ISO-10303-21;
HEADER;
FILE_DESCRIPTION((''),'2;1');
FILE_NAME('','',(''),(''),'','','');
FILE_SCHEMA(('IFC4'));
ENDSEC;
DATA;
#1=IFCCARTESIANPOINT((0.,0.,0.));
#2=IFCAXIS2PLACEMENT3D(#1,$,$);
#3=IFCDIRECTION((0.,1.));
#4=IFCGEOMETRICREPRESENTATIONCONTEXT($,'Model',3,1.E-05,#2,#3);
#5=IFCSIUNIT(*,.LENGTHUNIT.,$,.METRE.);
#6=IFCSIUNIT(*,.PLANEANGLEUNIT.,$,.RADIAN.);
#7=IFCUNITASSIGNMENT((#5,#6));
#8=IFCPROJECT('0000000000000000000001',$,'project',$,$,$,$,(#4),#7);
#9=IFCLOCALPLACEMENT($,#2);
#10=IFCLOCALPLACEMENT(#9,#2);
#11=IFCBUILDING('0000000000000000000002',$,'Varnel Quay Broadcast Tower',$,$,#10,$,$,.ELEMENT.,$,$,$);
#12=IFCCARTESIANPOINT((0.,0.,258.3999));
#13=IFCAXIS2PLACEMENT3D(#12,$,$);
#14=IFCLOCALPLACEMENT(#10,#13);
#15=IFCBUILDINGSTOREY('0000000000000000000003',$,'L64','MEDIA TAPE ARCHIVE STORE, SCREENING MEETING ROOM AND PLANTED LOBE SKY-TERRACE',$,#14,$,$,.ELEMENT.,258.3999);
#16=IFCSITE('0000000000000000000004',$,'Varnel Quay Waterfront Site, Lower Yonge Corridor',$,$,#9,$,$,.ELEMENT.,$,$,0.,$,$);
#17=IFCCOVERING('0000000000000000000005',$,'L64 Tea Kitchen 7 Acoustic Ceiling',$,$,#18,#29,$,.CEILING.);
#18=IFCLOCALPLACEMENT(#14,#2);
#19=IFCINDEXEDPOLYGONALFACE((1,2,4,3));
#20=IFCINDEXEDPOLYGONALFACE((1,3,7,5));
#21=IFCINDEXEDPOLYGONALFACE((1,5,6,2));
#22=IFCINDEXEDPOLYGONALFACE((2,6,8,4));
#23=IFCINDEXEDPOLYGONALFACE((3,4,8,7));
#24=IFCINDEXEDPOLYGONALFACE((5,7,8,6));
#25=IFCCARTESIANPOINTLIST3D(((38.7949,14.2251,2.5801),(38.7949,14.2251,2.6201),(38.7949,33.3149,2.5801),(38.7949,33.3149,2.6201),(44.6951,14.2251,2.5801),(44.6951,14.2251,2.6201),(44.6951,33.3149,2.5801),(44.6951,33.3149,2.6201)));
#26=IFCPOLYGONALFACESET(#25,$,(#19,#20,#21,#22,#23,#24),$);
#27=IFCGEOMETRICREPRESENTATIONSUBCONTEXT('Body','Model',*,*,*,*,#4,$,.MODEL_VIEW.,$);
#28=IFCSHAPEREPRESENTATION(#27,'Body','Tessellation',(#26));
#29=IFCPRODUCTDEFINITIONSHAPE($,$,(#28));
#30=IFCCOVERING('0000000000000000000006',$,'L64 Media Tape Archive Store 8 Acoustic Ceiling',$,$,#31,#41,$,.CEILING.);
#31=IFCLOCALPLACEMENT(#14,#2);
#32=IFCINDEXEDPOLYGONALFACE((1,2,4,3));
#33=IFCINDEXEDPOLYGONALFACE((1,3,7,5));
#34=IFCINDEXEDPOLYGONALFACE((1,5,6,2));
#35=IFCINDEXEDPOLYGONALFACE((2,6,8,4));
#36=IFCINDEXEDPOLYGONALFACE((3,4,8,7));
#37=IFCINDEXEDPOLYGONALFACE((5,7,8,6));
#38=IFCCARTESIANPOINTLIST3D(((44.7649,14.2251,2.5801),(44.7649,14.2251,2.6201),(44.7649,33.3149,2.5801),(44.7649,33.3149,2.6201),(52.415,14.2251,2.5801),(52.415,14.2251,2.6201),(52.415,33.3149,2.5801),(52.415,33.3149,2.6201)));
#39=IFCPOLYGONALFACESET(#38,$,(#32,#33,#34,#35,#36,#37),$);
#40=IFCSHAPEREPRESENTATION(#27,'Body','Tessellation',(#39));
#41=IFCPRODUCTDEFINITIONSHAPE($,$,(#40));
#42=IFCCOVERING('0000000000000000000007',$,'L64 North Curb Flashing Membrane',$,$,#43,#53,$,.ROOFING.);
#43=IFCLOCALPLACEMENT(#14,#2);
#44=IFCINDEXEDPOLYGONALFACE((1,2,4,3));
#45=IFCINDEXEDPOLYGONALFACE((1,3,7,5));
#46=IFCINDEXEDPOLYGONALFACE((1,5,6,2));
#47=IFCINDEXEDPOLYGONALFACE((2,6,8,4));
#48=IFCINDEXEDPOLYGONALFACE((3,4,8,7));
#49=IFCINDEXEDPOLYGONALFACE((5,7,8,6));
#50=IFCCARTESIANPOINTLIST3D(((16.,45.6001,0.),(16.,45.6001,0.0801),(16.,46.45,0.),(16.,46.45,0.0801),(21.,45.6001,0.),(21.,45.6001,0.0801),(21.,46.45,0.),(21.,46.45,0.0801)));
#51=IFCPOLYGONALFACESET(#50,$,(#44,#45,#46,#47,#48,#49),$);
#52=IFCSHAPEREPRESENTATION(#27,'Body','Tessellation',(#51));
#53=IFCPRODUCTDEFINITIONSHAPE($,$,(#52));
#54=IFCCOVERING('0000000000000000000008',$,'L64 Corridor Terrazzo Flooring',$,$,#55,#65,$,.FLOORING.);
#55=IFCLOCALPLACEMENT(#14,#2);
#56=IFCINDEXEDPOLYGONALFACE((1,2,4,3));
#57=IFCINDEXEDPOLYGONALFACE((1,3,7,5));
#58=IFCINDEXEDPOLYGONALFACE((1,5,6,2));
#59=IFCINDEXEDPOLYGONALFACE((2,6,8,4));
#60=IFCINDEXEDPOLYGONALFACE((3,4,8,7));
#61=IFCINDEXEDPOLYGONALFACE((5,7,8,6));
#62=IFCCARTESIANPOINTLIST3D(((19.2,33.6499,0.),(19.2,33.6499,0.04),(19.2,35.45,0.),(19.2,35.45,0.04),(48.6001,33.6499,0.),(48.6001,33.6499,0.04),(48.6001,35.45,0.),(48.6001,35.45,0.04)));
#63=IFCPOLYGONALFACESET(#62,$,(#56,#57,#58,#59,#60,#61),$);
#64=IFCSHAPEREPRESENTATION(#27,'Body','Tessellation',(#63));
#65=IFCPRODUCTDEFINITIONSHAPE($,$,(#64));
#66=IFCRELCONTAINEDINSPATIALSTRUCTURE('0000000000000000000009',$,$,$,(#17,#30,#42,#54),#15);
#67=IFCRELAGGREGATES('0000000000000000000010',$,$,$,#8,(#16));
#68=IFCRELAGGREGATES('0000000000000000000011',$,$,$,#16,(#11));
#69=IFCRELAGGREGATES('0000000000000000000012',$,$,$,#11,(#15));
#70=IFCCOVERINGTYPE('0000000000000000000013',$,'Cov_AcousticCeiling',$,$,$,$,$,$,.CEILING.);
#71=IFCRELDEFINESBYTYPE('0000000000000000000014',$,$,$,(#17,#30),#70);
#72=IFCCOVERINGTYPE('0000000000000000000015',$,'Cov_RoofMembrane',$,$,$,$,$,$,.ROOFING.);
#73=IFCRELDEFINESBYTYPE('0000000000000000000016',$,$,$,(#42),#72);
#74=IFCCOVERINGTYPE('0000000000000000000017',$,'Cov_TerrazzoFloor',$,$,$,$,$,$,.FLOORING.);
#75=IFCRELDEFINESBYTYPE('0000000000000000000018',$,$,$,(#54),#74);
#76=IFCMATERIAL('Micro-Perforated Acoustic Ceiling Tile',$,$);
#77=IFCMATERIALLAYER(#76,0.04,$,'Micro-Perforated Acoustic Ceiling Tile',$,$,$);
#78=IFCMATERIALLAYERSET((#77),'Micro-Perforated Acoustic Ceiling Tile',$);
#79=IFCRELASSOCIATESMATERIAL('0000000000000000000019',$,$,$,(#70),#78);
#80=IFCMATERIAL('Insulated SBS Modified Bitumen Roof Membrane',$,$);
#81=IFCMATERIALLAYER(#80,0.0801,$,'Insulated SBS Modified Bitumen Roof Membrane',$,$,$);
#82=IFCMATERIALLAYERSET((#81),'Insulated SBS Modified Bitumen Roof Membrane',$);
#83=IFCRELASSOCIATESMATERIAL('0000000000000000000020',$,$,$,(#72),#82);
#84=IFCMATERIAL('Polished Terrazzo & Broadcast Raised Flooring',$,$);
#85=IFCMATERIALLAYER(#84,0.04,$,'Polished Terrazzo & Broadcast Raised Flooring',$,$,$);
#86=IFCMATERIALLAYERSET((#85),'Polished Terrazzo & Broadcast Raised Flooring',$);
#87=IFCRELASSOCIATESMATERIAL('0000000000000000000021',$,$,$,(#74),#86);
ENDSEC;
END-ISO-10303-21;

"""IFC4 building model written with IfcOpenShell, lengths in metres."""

from ifc_helpers import new_model, si_unit, direction, frame, origin, place, context, subcontext, project, spatial, polyline, outline, extrude, material, layer, layer_set, type_object, element, save


model = new_model("IFC4")

# Units and contexts
model_context = context("Model", 3, precision=1e-05, world=origin(), true_north=direction((0.0, 1.0)))
body_context = subcontext(model_context, "Body", "Model", "MODEL_VIEW")
ifc_project = project(units=[si_unit("LENGTHUNIT", "METRE"), si_unit("PLANEANGLEUNIT", "RADIAN")], contexts=[model_context])

# Site, building, storey
site_placement = place(None, origin())
site = spatial("IfcSite", under=ifc_project, at=site_placement, Name="Varnel Quay Waterfront Site, Lower Yonge Corridor", CompositionType="ELEMENT", RefElevation=0.0)
building_placement = place(site_placement, origin())
building = spatial("IfcBuilding", under=site, at=building_placement, Name="Varnel Quay Broadcast Tower", CompositionType="ELEMENT")
storey_placement = place(building_placement, frame((0.0, 0.0, 258.3999)))
storey = spatial("IfcBuildingStorey", under=building, at=storey_placement, Name="L64", Description="MEDIA TAPE ARCHIVE STORE, SCREENING MEETING ROOM AND PLANTED LOBE SKY-TERRACE", CompositionType="ELEMENT", Elevation=258.3999)

# Coverings
ifc_material_1 = material(Name="Micro-Perforated Acoustic Ceiling Tile")
ifc_layer_1 = layer(ifc_material_1, 0.04, Name="Micro-Perforated Acoustic Ceiling Tile")
ifc_layer_set_1 = layer_set([ifc_layer_1], Name="Micro-Perforated Acoustic Ceiling Tile")
covering_type_1 = type_object("IfcCoveringType", Name="Cov_AcousticCeiling", PredefinedType="CEILING", material=ifc_layer_set_1)
covering_1_placement = place(storey_placement, frame((0.0, 0.0, 2.5801)))
element("IfcCovering", 1, at=covering_1_placement, inside=storey, type_object=covering_type_1, Name="L64 Tea Kitchen 7 Acoustic Ceiling", PredefinedType="CEILING", context=body_context, shape_type="SweptSolid", body=[
    extrude(outline(polyline([(38.7949, 14.2251), (44.6951, 14.2251), (44.6951, 33.3149), (38.7949, 33.3149), (38.7949, 14.2251)])), origin(), (0.0, 0.0, 1.0), 0.04),
])
covering_2_placement = place(storey_placement, frame((0.0, 0.0, 2.5801)))
element("IfcCovering", 2, at=covering_2_placement, inside=storey, type_object=covering_type_1, Name="L64 Media Tape Archive Store 8 Acoustic Ceiling", PredefinedType="CEILING", context=body_context, shape_type="SweptSolid", body=[
    extrude(outline(polyline([(44.7649, 14.2251), (52.415, 14.2251), (52.415, 33.3149), (44.7649, 33.3149), (44.7649, 14.2251)])), origin(), (0.0, 0.0, 1.0), 0.04),
])
ifc_material_2 = material(Name="Insulated SBS Modified Bitumen Roof Membrane")
ifc_layer_2 = layer(ifc_material_2, 0.0801, Name="Insulated SBS Modified Bitumen Roof Membrane")
ifc_layer_set_2 = layer_set([ifc_layer_2], Name="Insulated SBS Modified Bitumen Roof Membrane")
covering_type_2 = type_object("IfcCoveringType", Name="Cov_RoofMembrane", PredefinedType="ROOFING", material=ifc_layer_set_2)
covering_3_placement = place(storey_placement, origin())
element("IfcCovering", 3, at=covering_3_placement, inside=storey, type_object=covering_type_2, Name="L64 North Curb Flashing Membrane", PredefinedType="ROOFING", context=body_context, shape_type="SweptSolid", body=[
    extrude(outline(polyline([(16.0, 45.6001), (21.0, 45.6001), (21.0, 46.45), (16.0, 46.45), (16.0, 45.6001)])), origin(), (0.0, 0.0, 1.0), 0.0801),
])
ifc_material_3 = material(Name="Polished Terrazzo & Broadcast Raised Flooring")
ifc_layer_3 = layer(ifc_material_3, 0.04, Name="Polished Terrazzo & Broadcast Raised Flooring")
ifc_layer_set_3 = layer_set([ifc_layer_3], Name="Polished Terrazzo & Broadcast Raised Flooring")
covering_type_3 = type_object("IfcCoveringType", Name="Cov_TerrazzoFloor", PredefinedType="FLOORING", material=ifc_layer_set_3)
covering_4_placement = place(storey_placement, origin())
element("IfcCovering", 4, at=covering_4_placement, inside=storey, type_object=covering_type_3, Name="L64 Corridor Terrazzo Flooring", PredefinedType="FLOORING", context=body_context, shape_type="SweptSolid", body=[
    extrude(outline(polyline([(19.2, 33.6499), (48.6001, 33.6499), (48.6001, 35.45), (19.2, 35.45), (19.2, 33.6499)])), origin(), (0.0, 0.0, 1.0), 0.04),
])

save(model, "model.ifc")
